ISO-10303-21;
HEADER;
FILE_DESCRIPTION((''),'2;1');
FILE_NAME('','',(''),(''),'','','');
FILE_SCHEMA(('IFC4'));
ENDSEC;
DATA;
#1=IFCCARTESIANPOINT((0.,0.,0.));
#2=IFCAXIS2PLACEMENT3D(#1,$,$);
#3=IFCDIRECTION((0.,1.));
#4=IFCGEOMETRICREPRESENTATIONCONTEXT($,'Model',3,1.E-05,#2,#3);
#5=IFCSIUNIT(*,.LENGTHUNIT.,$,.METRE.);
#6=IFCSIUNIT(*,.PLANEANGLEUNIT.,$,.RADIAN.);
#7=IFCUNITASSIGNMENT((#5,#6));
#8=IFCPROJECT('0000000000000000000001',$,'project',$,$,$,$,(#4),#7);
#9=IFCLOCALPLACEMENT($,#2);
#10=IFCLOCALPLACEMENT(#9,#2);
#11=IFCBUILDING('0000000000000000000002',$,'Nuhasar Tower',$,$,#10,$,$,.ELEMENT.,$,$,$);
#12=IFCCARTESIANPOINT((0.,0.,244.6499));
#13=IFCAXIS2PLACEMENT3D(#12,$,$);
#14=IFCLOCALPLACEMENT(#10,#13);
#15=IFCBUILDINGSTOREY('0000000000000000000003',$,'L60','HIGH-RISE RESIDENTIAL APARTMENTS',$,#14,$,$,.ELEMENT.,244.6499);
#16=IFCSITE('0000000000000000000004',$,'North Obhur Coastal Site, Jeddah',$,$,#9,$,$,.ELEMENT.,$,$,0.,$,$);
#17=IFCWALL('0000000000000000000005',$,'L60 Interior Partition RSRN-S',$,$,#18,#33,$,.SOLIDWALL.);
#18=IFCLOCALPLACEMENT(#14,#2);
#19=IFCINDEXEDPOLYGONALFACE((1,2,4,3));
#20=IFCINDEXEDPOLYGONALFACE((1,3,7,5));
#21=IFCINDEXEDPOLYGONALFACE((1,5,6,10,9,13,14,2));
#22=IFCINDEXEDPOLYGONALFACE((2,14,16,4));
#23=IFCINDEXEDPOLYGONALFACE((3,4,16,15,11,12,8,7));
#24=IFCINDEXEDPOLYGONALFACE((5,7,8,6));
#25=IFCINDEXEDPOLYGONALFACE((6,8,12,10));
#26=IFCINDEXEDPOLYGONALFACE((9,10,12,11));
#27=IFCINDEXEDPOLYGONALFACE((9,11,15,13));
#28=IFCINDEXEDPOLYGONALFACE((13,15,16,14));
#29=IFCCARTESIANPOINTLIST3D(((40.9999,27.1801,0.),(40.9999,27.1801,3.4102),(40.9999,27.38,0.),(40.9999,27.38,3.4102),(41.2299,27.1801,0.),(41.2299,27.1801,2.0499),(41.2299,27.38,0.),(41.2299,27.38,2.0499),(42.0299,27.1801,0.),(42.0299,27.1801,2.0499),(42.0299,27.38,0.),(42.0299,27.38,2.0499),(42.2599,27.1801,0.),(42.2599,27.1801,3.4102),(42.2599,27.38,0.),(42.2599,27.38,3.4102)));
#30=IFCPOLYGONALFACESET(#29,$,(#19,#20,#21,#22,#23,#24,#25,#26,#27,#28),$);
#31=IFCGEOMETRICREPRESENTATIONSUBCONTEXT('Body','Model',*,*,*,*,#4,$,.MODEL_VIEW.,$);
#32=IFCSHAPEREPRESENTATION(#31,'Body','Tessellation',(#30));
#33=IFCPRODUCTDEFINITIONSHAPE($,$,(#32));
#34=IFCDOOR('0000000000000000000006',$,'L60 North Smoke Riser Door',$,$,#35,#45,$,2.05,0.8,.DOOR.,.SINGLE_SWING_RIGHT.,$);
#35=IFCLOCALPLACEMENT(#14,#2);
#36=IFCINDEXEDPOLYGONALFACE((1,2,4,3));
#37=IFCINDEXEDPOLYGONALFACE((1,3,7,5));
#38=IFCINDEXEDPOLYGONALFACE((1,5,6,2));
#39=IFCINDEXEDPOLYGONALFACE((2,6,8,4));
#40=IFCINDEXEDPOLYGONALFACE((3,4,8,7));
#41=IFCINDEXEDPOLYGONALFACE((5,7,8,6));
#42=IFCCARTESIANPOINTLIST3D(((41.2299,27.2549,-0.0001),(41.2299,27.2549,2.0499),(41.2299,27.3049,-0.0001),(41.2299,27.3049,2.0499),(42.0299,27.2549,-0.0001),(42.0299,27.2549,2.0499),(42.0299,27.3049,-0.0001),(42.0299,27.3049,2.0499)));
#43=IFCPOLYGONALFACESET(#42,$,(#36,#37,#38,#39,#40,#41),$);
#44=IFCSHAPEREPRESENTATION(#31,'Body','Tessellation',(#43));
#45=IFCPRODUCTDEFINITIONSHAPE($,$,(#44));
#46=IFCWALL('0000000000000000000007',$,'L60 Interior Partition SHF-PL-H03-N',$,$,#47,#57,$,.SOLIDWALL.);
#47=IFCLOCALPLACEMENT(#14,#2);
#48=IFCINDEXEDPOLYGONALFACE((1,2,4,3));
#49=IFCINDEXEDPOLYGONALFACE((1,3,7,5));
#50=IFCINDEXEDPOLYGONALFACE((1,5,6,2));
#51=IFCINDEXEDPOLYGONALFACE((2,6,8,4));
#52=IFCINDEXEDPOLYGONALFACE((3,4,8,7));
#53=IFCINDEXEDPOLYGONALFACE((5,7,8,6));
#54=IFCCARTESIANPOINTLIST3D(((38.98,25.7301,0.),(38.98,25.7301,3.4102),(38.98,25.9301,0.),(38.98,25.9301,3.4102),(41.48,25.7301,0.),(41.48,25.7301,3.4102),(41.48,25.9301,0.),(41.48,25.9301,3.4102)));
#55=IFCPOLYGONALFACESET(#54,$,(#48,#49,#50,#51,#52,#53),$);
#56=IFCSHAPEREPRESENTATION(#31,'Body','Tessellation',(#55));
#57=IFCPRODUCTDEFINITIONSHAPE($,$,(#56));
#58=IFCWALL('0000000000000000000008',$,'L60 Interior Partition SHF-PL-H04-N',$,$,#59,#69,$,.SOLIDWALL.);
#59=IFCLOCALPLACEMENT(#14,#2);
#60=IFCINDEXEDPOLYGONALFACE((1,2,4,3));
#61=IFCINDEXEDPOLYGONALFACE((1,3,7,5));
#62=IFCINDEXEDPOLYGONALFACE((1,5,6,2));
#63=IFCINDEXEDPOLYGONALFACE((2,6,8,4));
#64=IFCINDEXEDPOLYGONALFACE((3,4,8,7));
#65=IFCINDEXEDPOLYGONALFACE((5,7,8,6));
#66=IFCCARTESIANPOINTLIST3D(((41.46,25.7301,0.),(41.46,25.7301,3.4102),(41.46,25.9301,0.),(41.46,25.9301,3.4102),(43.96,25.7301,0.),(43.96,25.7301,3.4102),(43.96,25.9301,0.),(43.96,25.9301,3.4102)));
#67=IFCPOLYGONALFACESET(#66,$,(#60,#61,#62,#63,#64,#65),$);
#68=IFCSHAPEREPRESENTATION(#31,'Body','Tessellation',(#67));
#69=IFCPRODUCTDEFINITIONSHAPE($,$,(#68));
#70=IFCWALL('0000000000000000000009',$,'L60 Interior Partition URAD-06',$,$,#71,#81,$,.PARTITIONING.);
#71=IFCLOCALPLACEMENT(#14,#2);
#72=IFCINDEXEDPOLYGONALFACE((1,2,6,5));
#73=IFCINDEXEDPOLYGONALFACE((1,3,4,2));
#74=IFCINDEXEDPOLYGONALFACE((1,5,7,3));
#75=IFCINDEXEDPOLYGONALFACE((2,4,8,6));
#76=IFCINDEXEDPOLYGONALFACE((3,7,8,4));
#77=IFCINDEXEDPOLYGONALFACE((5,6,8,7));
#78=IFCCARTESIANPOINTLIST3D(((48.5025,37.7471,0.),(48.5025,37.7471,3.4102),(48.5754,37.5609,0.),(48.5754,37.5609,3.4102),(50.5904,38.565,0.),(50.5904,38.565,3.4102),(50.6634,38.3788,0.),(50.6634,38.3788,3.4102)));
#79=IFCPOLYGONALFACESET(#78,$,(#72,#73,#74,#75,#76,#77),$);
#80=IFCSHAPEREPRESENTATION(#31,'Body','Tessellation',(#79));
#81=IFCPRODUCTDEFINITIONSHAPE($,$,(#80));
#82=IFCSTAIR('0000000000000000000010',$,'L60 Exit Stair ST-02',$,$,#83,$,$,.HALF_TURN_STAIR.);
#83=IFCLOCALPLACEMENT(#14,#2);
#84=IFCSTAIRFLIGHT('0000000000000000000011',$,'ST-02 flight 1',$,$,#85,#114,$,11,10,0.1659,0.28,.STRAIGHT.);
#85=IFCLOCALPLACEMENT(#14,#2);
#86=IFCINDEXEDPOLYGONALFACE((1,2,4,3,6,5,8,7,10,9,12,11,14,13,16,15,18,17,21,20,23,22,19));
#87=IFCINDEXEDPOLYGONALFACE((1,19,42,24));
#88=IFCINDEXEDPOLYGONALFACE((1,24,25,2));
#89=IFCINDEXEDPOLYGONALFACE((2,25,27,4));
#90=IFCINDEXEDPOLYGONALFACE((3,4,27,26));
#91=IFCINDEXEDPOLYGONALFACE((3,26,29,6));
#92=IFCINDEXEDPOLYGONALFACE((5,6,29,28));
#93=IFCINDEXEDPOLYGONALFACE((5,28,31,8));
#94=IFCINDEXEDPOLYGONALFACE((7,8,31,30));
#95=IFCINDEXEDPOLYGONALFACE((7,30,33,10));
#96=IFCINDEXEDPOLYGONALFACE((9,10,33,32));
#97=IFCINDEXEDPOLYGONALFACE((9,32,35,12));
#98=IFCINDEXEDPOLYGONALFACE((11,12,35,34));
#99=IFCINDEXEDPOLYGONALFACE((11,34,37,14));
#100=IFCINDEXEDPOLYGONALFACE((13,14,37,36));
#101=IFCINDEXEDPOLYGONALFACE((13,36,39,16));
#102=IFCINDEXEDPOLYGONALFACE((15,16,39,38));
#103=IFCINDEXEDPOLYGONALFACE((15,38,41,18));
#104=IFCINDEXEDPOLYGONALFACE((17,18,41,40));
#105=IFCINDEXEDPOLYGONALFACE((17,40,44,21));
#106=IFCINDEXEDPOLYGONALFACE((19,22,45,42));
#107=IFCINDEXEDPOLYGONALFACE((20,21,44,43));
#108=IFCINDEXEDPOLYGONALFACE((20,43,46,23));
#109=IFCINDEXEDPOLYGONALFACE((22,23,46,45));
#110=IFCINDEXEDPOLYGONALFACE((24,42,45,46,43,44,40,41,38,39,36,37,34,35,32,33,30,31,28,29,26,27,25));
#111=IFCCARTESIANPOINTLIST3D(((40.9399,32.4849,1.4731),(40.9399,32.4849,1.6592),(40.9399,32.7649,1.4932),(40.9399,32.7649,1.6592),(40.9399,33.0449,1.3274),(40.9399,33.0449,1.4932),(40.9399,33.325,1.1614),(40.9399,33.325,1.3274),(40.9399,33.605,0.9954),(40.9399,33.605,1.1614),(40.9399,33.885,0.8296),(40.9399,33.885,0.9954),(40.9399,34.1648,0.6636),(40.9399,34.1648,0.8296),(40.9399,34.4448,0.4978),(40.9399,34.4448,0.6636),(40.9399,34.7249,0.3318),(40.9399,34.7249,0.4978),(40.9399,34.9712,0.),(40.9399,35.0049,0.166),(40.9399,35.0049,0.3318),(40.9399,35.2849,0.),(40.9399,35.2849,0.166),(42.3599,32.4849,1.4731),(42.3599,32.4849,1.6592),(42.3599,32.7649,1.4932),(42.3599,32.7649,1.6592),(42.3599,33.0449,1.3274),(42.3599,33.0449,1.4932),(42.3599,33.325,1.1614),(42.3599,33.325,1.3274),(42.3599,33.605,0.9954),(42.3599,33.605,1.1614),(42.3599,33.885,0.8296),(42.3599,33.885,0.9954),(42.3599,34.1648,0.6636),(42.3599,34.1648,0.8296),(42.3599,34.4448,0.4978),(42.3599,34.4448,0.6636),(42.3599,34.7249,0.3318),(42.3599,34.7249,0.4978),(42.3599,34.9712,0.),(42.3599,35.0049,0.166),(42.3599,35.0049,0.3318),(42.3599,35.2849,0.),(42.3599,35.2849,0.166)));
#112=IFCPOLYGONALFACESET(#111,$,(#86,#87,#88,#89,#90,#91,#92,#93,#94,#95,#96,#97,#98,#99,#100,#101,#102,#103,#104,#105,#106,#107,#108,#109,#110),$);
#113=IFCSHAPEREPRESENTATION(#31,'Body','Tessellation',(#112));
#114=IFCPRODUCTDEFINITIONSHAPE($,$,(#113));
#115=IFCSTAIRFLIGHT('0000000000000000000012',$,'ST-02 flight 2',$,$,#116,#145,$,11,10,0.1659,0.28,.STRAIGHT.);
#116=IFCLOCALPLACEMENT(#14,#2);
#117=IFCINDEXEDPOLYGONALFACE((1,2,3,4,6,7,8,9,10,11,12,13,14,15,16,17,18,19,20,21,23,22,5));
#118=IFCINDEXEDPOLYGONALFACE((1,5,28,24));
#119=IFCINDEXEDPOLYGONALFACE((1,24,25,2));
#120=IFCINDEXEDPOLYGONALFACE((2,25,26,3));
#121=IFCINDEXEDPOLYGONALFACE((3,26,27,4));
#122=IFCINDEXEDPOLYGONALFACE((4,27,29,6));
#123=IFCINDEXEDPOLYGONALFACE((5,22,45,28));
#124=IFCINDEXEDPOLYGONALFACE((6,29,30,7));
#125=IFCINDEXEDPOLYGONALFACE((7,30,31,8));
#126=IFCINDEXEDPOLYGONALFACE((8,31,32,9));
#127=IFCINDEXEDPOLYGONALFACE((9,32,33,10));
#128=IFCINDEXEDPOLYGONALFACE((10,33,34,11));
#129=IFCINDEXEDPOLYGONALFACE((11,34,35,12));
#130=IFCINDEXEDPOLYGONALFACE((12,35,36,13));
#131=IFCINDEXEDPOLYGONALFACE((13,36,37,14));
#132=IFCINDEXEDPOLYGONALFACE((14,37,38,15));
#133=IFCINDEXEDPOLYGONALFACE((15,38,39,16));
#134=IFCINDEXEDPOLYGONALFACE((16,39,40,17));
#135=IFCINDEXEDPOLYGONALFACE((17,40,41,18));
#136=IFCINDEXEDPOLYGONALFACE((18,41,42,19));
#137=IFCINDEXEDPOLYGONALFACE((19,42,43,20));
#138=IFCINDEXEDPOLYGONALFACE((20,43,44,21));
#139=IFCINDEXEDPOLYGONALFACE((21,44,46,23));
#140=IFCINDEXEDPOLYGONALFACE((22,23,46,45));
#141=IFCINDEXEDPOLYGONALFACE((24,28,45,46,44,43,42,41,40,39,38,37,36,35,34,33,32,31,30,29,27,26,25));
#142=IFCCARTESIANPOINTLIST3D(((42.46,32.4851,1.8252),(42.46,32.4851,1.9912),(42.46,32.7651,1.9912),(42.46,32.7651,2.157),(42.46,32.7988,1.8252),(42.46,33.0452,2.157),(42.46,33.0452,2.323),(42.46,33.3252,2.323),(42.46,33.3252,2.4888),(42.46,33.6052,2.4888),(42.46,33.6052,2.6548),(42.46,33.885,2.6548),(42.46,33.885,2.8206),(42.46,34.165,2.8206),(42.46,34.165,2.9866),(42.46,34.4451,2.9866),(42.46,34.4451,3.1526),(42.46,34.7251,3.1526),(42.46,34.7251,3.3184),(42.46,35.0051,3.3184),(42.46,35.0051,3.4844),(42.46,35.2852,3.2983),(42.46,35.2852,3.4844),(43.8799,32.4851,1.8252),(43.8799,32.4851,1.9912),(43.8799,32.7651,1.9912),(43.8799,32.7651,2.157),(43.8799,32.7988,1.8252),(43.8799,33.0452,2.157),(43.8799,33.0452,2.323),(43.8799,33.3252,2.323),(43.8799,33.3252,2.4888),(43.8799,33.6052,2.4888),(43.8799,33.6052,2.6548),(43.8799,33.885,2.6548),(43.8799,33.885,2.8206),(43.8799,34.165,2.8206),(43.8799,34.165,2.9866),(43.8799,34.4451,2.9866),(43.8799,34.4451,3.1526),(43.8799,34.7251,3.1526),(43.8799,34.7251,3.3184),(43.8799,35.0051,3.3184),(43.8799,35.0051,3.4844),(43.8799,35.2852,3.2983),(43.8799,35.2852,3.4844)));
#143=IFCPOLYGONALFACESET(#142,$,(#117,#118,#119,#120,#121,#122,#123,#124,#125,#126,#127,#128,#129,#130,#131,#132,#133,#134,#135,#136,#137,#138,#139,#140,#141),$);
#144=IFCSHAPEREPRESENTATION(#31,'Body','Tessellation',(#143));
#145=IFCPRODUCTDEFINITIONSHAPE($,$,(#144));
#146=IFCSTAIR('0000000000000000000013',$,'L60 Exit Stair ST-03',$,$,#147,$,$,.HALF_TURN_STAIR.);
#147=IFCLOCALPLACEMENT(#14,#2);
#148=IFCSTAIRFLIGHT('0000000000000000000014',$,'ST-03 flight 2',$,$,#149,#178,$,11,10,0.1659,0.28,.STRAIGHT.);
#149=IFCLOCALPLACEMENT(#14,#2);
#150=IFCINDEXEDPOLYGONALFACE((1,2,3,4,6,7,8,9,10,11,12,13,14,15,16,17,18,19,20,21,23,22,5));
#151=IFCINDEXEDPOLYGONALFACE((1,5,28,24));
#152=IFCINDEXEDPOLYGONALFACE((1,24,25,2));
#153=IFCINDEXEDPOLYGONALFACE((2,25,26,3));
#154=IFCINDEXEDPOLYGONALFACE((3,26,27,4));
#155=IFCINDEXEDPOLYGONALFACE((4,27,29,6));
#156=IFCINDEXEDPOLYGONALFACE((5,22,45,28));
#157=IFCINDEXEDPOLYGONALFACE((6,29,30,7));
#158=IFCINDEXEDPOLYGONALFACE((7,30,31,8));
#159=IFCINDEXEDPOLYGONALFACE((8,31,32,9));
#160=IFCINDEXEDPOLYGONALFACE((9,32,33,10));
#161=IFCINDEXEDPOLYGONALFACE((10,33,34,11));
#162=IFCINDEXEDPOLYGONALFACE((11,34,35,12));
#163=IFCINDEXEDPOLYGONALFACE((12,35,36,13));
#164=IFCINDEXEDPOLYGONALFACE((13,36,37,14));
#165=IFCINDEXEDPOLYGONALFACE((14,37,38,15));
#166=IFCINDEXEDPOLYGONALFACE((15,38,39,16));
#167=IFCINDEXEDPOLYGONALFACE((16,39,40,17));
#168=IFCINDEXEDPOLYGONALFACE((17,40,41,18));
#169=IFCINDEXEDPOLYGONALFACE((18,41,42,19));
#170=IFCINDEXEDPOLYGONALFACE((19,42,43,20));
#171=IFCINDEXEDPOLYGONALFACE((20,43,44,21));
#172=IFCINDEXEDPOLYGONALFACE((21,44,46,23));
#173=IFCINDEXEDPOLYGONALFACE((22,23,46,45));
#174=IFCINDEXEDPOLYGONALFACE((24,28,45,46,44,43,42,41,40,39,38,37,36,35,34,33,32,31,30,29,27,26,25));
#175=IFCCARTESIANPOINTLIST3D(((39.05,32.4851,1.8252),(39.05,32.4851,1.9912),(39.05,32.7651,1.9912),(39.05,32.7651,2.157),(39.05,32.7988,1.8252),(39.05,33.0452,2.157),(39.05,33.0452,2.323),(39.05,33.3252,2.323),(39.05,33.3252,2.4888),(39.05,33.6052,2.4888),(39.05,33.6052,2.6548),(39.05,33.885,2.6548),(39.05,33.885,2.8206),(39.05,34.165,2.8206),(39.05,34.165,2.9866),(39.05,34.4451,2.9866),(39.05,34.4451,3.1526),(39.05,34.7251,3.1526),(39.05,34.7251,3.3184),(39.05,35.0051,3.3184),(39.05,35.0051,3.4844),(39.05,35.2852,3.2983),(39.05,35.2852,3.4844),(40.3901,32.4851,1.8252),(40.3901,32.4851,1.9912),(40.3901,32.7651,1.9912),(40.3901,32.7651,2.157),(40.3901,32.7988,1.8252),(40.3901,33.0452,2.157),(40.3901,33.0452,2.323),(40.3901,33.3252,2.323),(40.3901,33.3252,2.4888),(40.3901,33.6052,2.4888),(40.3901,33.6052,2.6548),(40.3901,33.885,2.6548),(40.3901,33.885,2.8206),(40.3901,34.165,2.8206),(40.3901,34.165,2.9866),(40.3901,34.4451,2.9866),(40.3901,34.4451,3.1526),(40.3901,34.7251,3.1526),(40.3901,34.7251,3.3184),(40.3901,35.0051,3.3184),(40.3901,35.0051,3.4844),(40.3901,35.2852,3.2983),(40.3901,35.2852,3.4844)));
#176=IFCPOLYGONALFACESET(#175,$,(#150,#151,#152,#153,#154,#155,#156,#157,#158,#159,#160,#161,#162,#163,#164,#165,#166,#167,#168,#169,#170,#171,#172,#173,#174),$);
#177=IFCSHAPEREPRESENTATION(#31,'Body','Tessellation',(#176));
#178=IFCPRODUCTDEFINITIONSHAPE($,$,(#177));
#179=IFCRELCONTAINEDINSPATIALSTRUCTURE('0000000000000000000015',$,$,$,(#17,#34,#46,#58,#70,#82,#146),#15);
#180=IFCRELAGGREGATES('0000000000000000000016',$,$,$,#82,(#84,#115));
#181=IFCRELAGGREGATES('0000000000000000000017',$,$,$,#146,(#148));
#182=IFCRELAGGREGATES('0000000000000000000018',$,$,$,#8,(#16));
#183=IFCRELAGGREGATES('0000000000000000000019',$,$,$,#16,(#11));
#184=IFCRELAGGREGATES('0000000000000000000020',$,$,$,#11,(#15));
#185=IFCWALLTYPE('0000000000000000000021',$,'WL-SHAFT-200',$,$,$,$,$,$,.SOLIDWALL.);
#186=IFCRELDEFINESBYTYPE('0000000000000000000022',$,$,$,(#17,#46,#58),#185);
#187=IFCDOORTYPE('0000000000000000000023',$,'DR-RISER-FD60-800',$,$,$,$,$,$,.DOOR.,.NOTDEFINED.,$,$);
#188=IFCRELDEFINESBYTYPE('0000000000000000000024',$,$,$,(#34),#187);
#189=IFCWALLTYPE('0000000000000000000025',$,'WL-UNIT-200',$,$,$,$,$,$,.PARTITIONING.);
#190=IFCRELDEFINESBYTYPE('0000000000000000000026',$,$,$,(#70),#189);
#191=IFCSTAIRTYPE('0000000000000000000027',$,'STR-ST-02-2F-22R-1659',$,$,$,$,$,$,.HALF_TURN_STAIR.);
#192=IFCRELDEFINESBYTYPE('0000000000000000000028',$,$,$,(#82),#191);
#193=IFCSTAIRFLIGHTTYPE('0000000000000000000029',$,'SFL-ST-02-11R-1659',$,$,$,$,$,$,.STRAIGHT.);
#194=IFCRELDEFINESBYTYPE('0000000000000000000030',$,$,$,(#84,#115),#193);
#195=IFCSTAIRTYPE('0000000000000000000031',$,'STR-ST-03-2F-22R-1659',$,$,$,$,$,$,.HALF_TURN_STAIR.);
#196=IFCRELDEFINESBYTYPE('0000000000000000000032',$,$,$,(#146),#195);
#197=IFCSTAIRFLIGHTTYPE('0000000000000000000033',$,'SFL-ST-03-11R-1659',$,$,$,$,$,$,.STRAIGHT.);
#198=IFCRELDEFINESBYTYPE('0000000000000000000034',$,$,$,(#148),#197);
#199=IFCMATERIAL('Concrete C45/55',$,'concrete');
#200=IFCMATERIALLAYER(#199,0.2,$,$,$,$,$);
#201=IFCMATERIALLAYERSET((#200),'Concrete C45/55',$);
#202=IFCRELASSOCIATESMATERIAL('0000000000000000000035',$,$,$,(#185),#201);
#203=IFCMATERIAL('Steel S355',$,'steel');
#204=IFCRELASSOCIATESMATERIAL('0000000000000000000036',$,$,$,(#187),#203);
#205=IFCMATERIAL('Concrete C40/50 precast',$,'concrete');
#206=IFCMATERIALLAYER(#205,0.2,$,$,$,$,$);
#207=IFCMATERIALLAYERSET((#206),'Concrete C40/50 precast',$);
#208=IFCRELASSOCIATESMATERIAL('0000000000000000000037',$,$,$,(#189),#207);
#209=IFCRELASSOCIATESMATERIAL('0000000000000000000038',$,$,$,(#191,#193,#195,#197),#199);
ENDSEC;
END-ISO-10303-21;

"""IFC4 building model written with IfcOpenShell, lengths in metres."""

from ifc_helpers import new_model, si_unit, direction, frame, frame_2d, origin, place, context, subcontext, project, spatial, polyline, rectangle, outline, extrude, material, layer, layer_set, type_object, element, fill, aggregate, save


model = new_model("IFC4")

# Units and contexts
model_context = context("Model", 3, precision=1e-05, world=origin(), true_north=direction((0.0, 1.0)))
body_context = subcontext(model_context, "Body", "Model", "MODEL_VIEW")
ifc_project = project(units=[si_unit("LENGTHUNIT", "METRE"), si_unit("PLANEANGLEUNIT", "RADIAN")], contexts=[model_context])

# Site, building, storey
site_placement = place(None, origin())
site = spatial("IfcSite", under=ifc_project, at=site_placement, Name="North Obhur Coastal Site, Jeddah", CompositionType="ELEMENT", RefElevation=0.0)
building_placement = place(site_placement, origin())
building = spatial("IfcBuilding", under=site, at=building_placement, Name="Nuhasar Tower", CompositionType="ELEMENT")
storey_placement = place(building_placement, frame((0.0, 0.0, 244.6499)))
storey = spatial("IfcBuildingStorey", under=building, at=storey_placement, Name="L60", Description="HIGH-RISE RESIDENTIAL APARTMENTS", CompositionType="ELEMENT", Elevation=244.6499)

# Shared definitions
ifc_material_1 = material(Name="Steel S355", Category="steel")

# Shared definitions
ifc_material_2 = material(Name="Concrete C45/55", Category="concrete")
ifc_layer_1 = layer(ifc_material_2, 0.2)
ifc_layer_set_1 = layer_set([ifc_layer_1], Name="Concrete C45/55")
wall_type_1 = type_object("IfcWallType", Name="WL-SHAFT-200", PredefinedType="SOLIDWALL", material=ifc_layer_set_1)

# Wall, opening, door
wall_1_placement = place(storey_placement, frame((41.0, 27.28, 0.0), z_axis=(0.0, 0.0, 1.0), x_axis=(1.0, 0.0, 0.0)))
wall_1 = element("IfcWall", 1, at=wall_1_placement, inside=storey, type_object=wall_type_1, Name="L60 Interior Partition RSRN-S", PredefinedType="SOLIDWALL", context=body_context, shape_type="SweptSolid", body=[
    extrude(rectangle(XDim=1.26, YDim=0.2, at=frame_2d((0.6299, 0.0))), origin(), (0.0, 0.0, 1.0), 3.4102),
])
opening_1_placement = place(wall_1_placement, frame((0.23, 0.0, 0.0)))
opening_1 = element("IfcOpeningElement", 2, at=opening_1_placement, cuts=wall_1, PredefinedType="OPENING", context=body_context, shape_type="SweptSolid", body=[
    extrude(rectangle(XDim=0.8, YDim=2.05, at=frame_2d((0.3999, 1.0249))), frame((0.0, 0.1099, 0.0), z_axis=(0.0, -1.0, 0.0), x_axis=(1.0, 0.0, 0.0)), (0.0, 0.0, 1.0), 0.22),
])
door_type_1 = type_object("IfcDoorType", Name="DR-RISER-FD60-800", OperationType="NOTDEFINED", PredefinedType="DOOR", material=ifc_material_1)
door_1_placement = place(opening_1_placement, origin())
door_1 = element("IfcDoor", 3, at=door_1_placement, inside=storey, type_object=door_type_1, Name="L60 North Smoke Riser Door", OperationType="SINGLE_SWING_RIGHT", OverallHeight=2.05, OverallWidth=0.8, PredefinedType="DOOR", context=body_context, shape_type="SweptSolid", body=[
    extrude(rectangle(XDim=0.8, YDim=2.05, at=frame_2d((0.3999, 1.0249))), frame((0.0, 0.0249, 0.0), z_axis=(0.0, -1.0, 0.0), x_axis=(1.0, 0.0, 0.0)), (0.0, 0.0, 1.0), 0.05),
])
fill(opening_1, door_1)

# Walls
for number, where, z_axis, x_axis, name in (
    (4, (38.98, 25.8301, 0.0), (0.0, 0.0, 1.0), (1.0, 0.0, 0.0), "L60 Interior Partition SHF-PL-H03-N"),
    (5, (41.46, 25.8301, 0.0), (0.0, 0.0, 1.0), (1.0, 0.0, 0.0), "L60 Interior Partition SHF-PL-H04-N"),
):
    element("IfcWall", number, at=place(storey_placement, frame(where, z_axis=z_axis, x_axis=x_axis)), inside=storey, type_object=wall_type_1, Name=name, PredefinedType="SOLIDWALL", context=body_context, shape_type="SweptSolid", body=[
        extrude(rectangle(XDim=2.5, YDim=0.2, at=frame_2d((1.25, 0.0))), origin(), (0.0, 0.0, 1.0), 3.4102),
    ])
ifc_material_3 = material(Name="Concrete C40/50 precast", Category="concrete")
ifc_layer_2 = layer(ifc_material_3, 0.2)
ifc_layer_set_2 = layer_set([ifc_layer_2], Name="Concrete C40/50 precast")
wall_type_2 = type_object("IfcWallType", Name="WL-UNIT-200", PredefinedType="PARTITIONING", material=ifc_layer_set_2)
wall_2_placement = place(storey_placement, frame((48.5391, 37.6541, 0.0), z_axis=(0.0, 0.0, 1.0), x_axis=(0.931111, 0.364736, 0.0)))
element("IfcWall", 6, at=wall_2_placement, inside=storey, type_object=wall_type_2, Name="L60 Interior Partition URAD-06", PredefinedType="PARTITIONING", context=body_context, shape_type="SweptSolid", body=[
    extrude(rectangle(XDim=2.2424, YDim=0.2, at=frame_2d((1.1211, 0.0))), origin(), (0.0, 0.0, 1.0), 3.4102),
])

# Stair, stair flights
stair_type_1 = type_object("IfcStairType", Name="STR-ST-02-2F-22R-1659", PredefinedType="HALF_TURN_STAIR", material=ifc_material_2)
stair_1_placement = place(storey_placement, origin())
stair_1 = element("IfcStair", 7, at=stair_1_placement, inside=storey, type_object=stair_type_1, Name="L60 Exit Stair ST-02", PredefinedType="HALF_TURN_STAIR")
stair_flight_type_1 = type_object("IfcStairFlightType", Name="SFL-ST-02-11R-1659", PredefinedType="STRAIGHT", material=ifc_material_2)
stair_flight_1_placement = place(storey_placement, frame((41.6499, 35.2849, 0.0), z_axis=(0.0, 0.0, 1.0), x_axis=(0.0, -1.0, 0.0)))
stair_flight_1 = element("IfcStairFlight", 8, at=stair_flight_1_placement, type_object=stair_flight_type_1, Name="ST-02 flight 1", NumberOfRisers=11, NumberOfTreads=10, PredefinedType="STRAIGHT", RiserHeight=0.1659, TreadLength=0.28, context=body_context, shape_type="SweptSolid", body=[
    extrude(outline(polyline([(0.0, 0.0), (0.0, 0.166), (0.28, 0.166), (0.28, 0.3318), (0.5601, 0.3318), (0.5601, 0.4978), (0.8401, 0.4978), (0.8401, 0.6636), (1.1201, 0.6636), (1.1201, 0.8296), (1.3999, 0.8296), (1.3999, 0.9954), (1.6799, 0.9954), (1.6799, 1.1614), (1.96, 1.1614), (1.96, 1.3274), (2.24, 1.3274), (2.24, 1.4932), (2.52, 1.4932), (2.52, 1.6592), (2.8, 1.6592), (2.8, 1.825), (2.8, 1.4731), (0.3137, 0.0), (0.0, 0.0)])), frame((0.0, 0.71, 0.0), z_axis=(0.0, -1.0, 0.0), x_axis=(1.0, 0.0, 0.0)), (0.0, 0.0, 1.0), 1.4199),
])
stair_flight_2_placement = place(storey_placement, frame((43.1699, 32.4851, 1.8252), z_axis=(0.0, 0.0, 1.0), x_axis=(0.0, 1.0, 0.0)))
stair_flight_2 = element("IfcStairFlight", 9, at=stair_flight_2_placement, type_object=stair_flight_type_1, Name="ST-02 flight 2", NumberOfRisers=11, NumberOfTreads=10, PredefinedType="STRAIGHT", RiserHeight=0.1659, TreadLength=0.28, context=body_context, shape_type="SweptSolid", body=[
    extrude(outline(polyline([(0.0, 0.0), (0.0, 0.166), (0.28, 0.166), (0.28, 0.3318), (0.5601, 0.3318), (0.5601, 0.4978), (0.8401, 0.4978), (0.8401, 0.6636), (1.1201, 0.6636), (1.1201, 0.8296), (1.3999, 0.8296), (1.3999, 0.9954), (1.6799, 0.9954), (1.6799, 1.1614), (1.96, 1.1614), (1.96, 1.3274), (2.24, 1.3274), (2.24, 1.4932), (2.52, 1.4932), (2.52, 1.6592), (2.8, 1.6592), (2.8, 1.825), (2.8, 1.4731), (0.3137, 0.0), (0.0, 0.0)])), frame((0.0, 0.71, 0.0), z_axis=(0.0, -1.0, 0.0), x_axis=(1.0, 0.0, 0.0)), (0.0, 0.0, 1.0), 1.4199),
])
aggregate(stair_1, [stair_flight_1, stair_flight_2])

# Stair, stair flight
stair_type_2 = type_object("IfcStairType", Name="STR-ST-03-2F-22R-1659", PredefinedType="HALF_TURN_STAIR", material=ifc_material_2)
stair_2_placement = place(storey_placement, origin())
stair_2 = element("IfcStair", 10, at=stair_2_placement, inside=storey, type_object=stair_type_2, Name="L60 Exit Stair ST-03", PredefinedType="HALF_TURN_STAIR")
stair_flight_type_2 = type_object("IfcStairFlightType", Name="SFL-ST-03-11R-1659", PredefinedType="STRAIGHT", material=ifc_material_2)
stair_flight_3_placement = place(storey_placement, frame((39.72, 32.4851, 1.8252), z_axis=(0.0, 0.0, 1.0), x_axis=(0.0, 1.0, 0.0)))
stair_flight_3 = element("IfcStairFlight", 11, at=stair_flight_3_placement, type_object=stair_flight_type_2, Name="ST-03 flight 2", NumberOfRisers=11, NumberOfTreads=10, PredefinedType="STRAIGHT", RiserHeight=0.1659, TreadLength=0.28, context=body_context, shape_type="SweptSolid", body=[
    extrude(outline(polyline([(0.0, 0.0), (0.0, 0.166), (0.28, 0.166), (0.28, 0.3318), (0.5601, 0.3318), (0.5601, 0.4978), (0.8401, 0.4978), (0.8401, 0.6636), (1.1201, 0.6636), (1.1201, 0.8296), (1.3999, 0.8296), (1.3999, 0.9954), (1.6799, 0.9954), (1.6799, 1.1614), (1.96, 1.1614), (1.96, 1.3274), (2.24, 1.3274), (2.24, 1.4932), (2.52, 1.4932), (2.52, 1.6592), (2.8, 1.6592), (2.8, 1.825), (2.8, 1.4731), (0.3137, 0.0), (0.0, 0.0)])), frame((0.0, 0.6699, 0.0), z_axis=(0.0, -1.0, 0.0), x_axis=(1.0, 0.0, 0.0)), (0.0, 0.0, 1.0), 1.3401),
])
aggregate(stair_2, [stair_flight_3])

save(model, "model.ifc")
